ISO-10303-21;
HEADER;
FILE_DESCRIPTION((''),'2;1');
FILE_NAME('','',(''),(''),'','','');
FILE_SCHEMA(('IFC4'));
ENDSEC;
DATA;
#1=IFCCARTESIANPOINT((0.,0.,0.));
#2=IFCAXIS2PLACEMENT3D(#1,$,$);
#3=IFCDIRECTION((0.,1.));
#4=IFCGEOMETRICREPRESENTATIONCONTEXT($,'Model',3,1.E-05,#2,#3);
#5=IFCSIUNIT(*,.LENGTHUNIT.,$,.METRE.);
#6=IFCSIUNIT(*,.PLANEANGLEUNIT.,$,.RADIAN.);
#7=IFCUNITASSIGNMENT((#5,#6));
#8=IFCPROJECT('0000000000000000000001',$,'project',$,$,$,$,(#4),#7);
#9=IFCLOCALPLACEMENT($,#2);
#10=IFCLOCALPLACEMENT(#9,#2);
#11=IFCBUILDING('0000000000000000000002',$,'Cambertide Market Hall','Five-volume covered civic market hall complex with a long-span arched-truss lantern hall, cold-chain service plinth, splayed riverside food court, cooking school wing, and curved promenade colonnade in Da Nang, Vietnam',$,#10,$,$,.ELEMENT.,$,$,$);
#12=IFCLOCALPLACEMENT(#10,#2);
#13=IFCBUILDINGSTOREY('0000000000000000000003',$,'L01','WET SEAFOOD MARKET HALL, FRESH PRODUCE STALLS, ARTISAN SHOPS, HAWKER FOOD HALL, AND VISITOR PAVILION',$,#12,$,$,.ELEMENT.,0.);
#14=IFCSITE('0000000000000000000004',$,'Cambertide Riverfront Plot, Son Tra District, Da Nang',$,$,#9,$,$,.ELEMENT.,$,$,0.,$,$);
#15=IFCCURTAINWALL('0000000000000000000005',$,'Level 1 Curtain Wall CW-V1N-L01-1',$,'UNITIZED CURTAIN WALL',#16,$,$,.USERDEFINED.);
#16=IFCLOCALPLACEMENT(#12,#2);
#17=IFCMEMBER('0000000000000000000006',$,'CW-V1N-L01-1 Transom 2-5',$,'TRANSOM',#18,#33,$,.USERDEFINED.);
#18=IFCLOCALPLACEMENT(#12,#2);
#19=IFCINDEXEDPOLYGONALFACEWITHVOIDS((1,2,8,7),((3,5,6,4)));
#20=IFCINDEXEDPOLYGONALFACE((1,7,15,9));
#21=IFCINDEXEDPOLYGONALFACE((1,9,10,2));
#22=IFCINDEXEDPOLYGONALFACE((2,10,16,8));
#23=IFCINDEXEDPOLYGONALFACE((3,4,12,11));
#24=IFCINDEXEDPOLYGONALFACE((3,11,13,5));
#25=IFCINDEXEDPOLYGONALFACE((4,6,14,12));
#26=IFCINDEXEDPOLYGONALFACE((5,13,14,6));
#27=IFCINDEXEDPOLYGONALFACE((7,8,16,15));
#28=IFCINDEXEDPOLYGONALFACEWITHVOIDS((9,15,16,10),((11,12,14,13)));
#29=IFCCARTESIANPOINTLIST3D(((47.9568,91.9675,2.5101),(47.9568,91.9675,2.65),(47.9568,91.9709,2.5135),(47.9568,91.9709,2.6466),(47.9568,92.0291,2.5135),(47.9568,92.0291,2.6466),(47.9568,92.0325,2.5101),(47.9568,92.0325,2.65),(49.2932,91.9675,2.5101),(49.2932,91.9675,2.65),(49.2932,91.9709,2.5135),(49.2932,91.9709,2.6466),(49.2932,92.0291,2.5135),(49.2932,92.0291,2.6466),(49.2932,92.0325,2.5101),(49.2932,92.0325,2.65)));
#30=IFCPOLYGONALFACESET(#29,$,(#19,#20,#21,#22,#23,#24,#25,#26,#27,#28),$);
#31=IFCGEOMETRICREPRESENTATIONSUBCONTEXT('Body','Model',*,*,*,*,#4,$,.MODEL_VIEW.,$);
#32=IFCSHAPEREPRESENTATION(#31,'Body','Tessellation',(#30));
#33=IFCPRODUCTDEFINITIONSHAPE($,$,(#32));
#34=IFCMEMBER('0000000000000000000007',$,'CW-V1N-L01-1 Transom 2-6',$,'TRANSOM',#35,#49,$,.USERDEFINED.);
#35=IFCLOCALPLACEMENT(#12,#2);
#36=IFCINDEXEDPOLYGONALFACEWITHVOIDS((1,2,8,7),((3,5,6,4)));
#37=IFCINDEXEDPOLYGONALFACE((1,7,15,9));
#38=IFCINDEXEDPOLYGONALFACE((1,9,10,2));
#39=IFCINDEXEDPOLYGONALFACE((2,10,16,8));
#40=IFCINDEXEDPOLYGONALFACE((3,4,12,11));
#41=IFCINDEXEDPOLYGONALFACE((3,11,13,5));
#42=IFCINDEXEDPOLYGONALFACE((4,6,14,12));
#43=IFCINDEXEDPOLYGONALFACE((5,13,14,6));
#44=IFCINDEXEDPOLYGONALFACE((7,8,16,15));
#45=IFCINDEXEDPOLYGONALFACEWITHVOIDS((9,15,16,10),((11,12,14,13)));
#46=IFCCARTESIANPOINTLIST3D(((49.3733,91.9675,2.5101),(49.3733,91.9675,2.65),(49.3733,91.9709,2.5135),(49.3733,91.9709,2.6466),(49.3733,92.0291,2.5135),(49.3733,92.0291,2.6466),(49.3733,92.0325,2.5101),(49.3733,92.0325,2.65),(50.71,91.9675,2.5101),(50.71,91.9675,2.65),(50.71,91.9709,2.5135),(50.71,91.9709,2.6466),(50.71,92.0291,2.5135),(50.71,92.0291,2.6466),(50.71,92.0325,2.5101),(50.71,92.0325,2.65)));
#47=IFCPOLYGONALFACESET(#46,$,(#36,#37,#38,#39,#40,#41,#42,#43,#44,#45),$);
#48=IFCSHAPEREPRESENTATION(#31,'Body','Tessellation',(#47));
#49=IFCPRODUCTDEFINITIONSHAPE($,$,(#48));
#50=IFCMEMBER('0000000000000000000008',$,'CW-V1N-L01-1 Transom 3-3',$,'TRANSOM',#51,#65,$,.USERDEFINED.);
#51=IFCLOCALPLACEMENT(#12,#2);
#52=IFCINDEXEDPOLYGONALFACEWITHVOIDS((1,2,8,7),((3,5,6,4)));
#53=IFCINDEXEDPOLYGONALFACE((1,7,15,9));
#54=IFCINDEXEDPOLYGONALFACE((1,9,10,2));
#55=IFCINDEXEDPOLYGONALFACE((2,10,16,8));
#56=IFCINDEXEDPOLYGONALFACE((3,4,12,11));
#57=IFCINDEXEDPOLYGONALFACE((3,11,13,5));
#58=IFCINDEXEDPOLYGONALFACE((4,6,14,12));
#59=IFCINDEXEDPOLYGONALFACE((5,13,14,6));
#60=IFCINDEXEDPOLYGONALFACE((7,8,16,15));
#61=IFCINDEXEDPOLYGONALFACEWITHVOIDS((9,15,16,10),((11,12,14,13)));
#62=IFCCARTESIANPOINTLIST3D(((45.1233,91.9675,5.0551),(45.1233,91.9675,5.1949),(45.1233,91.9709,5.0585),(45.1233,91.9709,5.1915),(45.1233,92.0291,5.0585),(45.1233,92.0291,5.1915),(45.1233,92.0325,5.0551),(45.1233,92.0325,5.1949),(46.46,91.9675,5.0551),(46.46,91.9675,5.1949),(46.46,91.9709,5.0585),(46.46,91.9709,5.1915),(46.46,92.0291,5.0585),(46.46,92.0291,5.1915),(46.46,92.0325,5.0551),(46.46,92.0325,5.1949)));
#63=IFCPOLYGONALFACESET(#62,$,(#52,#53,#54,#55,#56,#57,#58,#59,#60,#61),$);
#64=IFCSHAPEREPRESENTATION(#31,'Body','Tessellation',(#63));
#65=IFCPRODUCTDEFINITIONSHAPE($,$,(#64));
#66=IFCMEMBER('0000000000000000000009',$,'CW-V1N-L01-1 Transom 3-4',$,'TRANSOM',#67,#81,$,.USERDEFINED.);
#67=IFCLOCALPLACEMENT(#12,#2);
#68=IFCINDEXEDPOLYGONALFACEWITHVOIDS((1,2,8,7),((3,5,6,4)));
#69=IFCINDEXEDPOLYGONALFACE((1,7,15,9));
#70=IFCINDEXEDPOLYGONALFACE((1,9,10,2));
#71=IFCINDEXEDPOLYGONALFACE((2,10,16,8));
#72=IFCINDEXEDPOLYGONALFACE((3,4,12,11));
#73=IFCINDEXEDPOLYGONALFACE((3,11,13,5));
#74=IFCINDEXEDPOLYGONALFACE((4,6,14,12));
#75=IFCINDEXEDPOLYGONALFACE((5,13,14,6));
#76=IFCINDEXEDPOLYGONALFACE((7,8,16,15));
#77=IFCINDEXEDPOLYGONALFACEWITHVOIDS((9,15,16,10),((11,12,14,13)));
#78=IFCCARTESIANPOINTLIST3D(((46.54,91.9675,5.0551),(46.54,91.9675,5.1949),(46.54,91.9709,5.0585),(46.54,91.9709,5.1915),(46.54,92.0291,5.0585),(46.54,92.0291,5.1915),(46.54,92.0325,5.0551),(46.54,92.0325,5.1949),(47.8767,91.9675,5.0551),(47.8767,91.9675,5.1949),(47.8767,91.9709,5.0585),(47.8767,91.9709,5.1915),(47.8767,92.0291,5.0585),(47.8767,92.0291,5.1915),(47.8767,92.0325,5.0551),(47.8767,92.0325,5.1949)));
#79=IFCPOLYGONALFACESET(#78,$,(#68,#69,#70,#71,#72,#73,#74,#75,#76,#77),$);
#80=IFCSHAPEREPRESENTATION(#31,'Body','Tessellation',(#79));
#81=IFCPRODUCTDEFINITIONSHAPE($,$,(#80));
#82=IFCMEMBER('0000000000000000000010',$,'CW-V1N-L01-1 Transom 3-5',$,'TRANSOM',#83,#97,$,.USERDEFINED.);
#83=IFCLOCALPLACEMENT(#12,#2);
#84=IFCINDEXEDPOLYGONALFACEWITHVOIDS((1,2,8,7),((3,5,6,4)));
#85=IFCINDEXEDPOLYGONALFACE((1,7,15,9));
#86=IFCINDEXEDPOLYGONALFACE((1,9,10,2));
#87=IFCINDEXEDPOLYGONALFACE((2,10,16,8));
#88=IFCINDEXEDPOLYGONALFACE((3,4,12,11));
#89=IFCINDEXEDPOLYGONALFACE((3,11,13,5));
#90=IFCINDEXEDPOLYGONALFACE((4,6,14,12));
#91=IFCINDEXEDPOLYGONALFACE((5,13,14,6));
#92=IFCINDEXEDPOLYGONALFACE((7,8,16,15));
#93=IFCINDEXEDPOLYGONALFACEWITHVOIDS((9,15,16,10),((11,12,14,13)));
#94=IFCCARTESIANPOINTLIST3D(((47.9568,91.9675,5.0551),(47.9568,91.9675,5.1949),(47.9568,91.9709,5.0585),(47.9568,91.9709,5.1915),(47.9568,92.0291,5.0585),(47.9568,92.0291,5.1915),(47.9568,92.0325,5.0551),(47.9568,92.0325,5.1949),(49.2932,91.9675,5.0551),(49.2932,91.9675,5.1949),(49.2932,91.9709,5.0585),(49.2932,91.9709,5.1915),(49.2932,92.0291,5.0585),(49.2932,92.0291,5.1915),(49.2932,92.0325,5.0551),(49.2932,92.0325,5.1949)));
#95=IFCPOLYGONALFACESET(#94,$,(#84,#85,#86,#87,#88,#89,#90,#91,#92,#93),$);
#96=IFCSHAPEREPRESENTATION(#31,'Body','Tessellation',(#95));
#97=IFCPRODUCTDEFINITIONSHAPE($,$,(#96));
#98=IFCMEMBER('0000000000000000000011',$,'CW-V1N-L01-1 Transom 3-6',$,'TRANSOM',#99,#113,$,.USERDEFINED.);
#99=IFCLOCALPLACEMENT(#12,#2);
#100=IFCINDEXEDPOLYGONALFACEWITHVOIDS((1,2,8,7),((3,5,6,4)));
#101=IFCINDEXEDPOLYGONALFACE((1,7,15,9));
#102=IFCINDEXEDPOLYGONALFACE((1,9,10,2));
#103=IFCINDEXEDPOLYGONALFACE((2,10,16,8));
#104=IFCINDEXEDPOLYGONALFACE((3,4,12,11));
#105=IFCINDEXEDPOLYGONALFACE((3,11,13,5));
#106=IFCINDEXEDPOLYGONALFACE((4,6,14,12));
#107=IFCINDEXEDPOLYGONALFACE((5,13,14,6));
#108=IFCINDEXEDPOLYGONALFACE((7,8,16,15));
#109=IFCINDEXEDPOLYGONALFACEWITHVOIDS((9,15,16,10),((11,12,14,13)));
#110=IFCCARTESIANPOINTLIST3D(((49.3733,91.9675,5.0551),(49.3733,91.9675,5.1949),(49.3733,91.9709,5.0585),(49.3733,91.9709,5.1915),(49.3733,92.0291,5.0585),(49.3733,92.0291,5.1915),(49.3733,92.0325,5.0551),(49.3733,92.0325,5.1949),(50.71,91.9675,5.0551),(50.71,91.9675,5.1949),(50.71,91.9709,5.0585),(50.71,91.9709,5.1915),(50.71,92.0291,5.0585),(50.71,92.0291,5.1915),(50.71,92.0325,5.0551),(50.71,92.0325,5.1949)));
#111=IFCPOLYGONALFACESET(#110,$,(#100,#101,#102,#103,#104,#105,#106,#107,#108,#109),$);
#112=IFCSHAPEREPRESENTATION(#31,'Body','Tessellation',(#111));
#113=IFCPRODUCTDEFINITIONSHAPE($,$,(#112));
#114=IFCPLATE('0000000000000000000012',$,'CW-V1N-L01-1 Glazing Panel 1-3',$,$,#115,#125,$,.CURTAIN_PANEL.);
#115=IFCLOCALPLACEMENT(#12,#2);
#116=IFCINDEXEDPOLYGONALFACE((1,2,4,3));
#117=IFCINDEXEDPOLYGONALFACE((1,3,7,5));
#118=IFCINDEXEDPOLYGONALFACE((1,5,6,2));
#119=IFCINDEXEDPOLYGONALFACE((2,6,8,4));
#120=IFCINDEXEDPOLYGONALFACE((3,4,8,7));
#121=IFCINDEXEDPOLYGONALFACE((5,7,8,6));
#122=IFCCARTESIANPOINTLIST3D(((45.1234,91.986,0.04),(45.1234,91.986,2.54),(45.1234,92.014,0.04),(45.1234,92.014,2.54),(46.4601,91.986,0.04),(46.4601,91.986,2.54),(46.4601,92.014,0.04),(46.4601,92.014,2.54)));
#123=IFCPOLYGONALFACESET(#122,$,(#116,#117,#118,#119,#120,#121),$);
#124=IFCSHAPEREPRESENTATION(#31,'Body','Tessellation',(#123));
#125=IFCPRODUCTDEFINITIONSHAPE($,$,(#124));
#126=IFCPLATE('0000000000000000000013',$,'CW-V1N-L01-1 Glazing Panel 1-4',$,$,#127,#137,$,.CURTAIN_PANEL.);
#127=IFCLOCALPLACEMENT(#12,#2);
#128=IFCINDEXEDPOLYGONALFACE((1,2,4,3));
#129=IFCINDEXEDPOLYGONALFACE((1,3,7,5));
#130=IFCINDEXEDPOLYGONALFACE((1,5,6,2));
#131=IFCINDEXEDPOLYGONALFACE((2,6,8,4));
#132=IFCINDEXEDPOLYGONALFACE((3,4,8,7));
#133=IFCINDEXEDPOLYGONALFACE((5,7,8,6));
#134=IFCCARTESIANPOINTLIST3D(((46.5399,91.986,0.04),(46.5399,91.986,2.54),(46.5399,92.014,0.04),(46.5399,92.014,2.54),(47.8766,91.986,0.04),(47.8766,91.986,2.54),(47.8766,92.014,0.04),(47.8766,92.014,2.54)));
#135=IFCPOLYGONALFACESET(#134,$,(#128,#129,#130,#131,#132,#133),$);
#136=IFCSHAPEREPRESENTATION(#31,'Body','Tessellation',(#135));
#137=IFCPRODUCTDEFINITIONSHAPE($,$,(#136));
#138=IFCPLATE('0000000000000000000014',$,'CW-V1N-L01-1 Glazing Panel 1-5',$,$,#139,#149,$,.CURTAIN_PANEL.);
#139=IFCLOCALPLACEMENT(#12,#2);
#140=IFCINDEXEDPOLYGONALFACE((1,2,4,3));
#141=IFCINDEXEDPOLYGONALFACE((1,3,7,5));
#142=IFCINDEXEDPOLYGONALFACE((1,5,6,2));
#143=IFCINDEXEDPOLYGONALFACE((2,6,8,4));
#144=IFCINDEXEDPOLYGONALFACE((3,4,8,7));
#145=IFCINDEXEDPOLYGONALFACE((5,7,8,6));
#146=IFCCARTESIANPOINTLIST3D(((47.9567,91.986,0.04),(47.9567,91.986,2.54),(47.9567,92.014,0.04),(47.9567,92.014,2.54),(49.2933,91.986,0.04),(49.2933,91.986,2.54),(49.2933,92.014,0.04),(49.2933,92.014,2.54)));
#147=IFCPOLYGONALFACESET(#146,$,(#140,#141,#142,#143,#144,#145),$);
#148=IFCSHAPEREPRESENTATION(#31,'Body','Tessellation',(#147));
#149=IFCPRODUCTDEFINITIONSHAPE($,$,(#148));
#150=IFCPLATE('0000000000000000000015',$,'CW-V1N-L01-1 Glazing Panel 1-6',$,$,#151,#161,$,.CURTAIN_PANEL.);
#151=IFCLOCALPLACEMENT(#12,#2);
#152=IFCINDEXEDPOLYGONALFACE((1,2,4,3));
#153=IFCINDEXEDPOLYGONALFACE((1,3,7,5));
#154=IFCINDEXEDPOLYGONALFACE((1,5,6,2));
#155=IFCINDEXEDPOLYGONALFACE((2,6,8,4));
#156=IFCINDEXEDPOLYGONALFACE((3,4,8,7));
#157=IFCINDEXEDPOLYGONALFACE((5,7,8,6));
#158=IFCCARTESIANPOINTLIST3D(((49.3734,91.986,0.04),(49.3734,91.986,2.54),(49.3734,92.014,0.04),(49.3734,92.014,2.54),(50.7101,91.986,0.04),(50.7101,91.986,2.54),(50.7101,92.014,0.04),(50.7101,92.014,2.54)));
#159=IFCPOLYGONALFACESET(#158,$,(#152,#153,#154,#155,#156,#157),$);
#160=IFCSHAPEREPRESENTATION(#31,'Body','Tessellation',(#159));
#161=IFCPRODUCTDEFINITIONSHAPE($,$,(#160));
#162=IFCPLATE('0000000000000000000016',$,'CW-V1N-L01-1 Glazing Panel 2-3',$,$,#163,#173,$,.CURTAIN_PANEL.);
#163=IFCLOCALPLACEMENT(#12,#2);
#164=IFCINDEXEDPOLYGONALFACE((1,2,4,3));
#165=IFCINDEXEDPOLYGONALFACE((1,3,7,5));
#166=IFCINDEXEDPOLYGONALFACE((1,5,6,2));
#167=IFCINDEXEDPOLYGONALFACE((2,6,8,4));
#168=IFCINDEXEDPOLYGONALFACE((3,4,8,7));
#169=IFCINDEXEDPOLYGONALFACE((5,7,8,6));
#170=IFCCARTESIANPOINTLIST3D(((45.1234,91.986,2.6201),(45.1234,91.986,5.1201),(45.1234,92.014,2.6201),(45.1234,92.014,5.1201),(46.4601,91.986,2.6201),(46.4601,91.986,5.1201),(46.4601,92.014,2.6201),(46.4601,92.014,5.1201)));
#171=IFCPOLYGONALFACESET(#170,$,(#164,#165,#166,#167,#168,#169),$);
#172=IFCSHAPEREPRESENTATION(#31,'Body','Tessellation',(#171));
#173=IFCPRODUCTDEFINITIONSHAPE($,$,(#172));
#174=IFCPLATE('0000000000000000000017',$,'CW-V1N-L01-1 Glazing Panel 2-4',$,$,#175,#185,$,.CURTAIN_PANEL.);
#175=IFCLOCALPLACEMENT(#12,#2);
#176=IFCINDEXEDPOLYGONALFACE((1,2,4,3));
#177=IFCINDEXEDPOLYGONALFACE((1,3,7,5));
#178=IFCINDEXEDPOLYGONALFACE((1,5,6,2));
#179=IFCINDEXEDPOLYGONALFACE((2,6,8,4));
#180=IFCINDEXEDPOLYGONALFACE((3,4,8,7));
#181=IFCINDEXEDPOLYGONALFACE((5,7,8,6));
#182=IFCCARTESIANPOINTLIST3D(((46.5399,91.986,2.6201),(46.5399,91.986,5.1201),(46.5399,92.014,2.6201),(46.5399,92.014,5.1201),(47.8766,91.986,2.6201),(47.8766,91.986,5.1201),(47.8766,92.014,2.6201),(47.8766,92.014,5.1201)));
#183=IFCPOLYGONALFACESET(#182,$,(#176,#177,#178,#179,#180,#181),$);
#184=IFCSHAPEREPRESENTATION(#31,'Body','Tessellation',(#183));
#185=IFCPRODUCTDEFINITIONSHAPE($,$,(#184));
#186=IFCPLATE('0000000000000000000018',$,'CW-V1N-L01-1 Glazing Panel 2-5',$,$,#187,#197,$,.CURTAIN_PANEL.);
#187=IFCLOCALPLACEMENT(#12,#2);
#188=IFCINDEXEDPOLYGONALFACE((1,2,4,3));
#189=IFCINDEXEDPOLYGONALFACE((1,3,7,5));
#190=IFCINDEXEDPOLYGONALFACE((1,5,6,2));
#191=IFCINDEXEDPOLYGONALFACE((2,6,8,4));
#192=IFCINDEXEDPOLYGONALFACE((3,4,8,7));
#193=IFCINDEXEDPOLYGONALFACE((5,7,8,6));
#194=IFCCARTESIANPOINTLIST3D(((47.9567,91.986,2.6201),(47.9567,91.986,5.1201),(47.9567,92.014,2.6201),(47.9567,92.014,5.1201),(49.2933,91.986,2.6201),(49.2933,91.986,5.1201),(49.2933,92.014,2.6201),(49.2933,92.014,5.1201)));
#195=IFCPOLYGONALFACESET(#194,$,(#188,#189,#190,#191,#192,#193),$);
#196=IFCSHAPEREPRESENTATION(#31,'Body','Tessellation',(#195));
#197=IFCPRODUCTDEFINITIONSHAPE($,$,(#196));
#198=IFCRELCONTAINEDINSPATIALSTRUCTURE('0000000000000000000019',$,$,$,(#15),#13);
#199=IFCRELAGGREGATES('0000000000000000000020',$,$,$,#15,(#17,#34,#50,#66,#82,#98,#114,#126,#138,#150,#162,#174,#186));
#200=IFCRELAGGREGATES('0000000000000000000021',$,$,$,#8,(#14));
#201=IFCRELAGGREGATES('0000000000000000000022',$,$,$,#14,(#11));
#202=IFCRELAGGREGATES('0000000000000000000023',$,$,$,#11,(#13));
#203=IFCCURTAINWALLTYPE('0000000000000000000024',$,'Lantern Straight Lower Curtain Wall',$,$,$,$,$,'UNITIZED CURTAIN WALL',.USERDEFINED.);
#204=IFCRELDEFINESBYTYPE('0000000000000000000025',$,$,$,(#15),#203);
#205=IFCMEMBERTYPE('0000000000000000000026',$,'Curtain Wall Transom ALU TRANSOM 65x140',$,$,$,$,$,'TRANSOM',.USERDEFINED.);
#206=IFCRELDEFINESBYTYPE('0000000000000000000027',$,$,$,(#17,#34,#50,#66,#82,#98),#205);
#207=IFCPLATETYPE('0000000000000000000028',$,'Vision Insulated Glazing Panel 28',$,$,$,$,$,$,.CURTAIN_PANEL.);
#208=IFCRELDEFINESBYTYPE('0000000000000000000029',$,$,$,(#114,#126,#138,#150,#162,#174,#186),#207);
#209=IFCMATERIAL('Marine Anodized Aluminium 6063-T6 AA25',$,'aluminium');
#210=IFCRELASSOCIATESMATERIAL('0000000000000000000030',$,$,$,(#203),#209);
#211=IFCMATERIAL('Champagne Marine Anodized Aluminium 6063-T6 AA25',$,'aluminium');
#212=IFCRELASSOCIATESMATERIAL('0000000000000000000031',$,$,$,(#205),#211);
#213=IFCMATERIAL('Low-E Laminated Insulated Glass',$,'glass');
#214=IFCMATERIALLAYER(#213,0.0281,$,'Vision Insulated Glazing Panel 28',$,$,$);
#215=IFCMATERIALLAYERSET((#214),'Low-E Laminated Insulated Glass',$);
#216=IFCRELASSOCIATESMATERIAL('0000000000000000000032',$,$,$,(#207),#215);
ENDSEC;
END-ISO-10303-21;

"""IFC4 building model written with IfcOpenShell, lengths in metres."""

from ifc_helpers import new_model, si_unit, direction, frame, origin, origin_2d, place, context, subcontext, project, spatial, rectangle, hollow_rectangle, extrude, material, layer, layer_set, material_profile, profile_set, type_object, element, aggregate, save


model = new_model("IFC4")

# Units and contexts
model_context = context("Model", 3, precision=1e-05, world=origin(), true_north=direction((0.0, 1.0)))
body_context = subcontext(model_context, "Body", "Model", "MODEL_VIEW")
ifc_project = project(units=[si_unit("LENGTHUNIT", "METRE"), si_unit("PLANEANGLEUNIT", "RADIAN")], contexts=[model_context])

# Site, building, storey
site_placement = place(None, origin())
site = spatial("IfcSite", under=ifc_project, at=site_placement, Name="Cambertide Riverfront Plot, Son Tra District, Da Nang", CompositionType="ELEMENT", RefElevation=0.0)
building_placement = place(site_placement, origin())
building = spatial("IfcBuilding", under=site, at=building_placement, Name="Cambertide Market Hall", Description="Five-volume covered civic market hall complex with a long-span arched-truss lantern hall, cold-chain service plinth, splayed riverside food court, cooking school wing, and curved promenade colonnade in Da Nang, Vietnam", CompositionType="ELEMENT")
storey_placement = place(building_placement, origin())
storey = spatial("IfcBuildingStorey", under=building, at=storey_placement, Name="L01", Description="WET SEAFOOD MARKET HALL, FRESH PRODUCE STALLS, ARTISAN SHOPS, HAWKER FOOD HALL, AND VISITOR PAVILION", CompositionType="ELEMENT", Elevation=0.0)

# Curtain wall, members, plates
ifc_material_1 = material(Name="Marine Anodized Aluminium 6063-T6 AA25", Category="aluminium")
curtain_wall_type = type_object("IfcCurtainWallType", Name="Lantern Straight Lower Curtain Wall", ElementType="UNITIZED CURTAIN WALL", PredefinedType="USERDEFINED", material=ifc_material_1)
curtain_wall_placement = place(storey_placement, origin())
curtain_wall = element("IfcCurtainWall", 1, at=curtain_wall_placement, inside=storey, type_object=curtain_wall_type, Name="Level 1 Curtain Wall CW-V1N-L01-1", ObjectType="UNITIZED CURTAIN WALL", PredefinedType="USERDEFINED")
ifc_material_2 = material(Name="Champagne Marine Anodized Aluminium 6063-T6 AA25", Category="aluminium")
ifc_material_profile_1 = material_profile(ifc_material_2, hollow_rectangle(XDim=0.0649, YDim=0.1399, WallThickness=0.0034, at=origin_2d()), Name="ALU TRANSOM 65x140")
ifc_profile_set_1 = profile_set([ifc_material_profile_1], Name="Champagne Marine Anodized Aluminium 6063-T6 AA25")
member_type_1 = type_object("IfcMemberType", Name="Curtain Wall Transom ALU TRANSOM 65x140", ElementType="TRANSOM", PredefinedType="USERDEFINED", material=ifc_profile_set_1)
member_1_placement = place(storey_placement, frame((47.9568, 92.0, 2.5801), z_axis=(1.0, 0.0, 0.0), x_axis=(0.0, 1.0, 0.0)))
member_1 = element("IfcMember", 2, at=member_1_placement, type_object=member_type_1, Name="CW-V1N-L01-1 Transom 2-5", ObjectType="TRANSOM", PredefinedType="USERDEFINED", context=body_context, shape_type="SweptSolid", body=[
    extrude(hollow_rectangle(XDim=0.0649, YDim=0.1399, WallThickness=0.0034, at=origin_2d()), origin(), (0.0, 0.0, 1.0), 1.3364),
])
member_2_placement = place(storey_placement, frame((49.3733, 92.0, 2.5801), z_axis=(1.0, 0.0, 0.0), x_axis=(0.0, 1.0, 0.0)))
member_2 = element("IfcMember", 3, at=member_2_placement, type_object=member_type_1, Name="CW-V1N-L01-1 Transom 2-6", ObjectType="TRANSOM", PredefinedType="USERDEFINED", context=body_context, shape_type="SweptSolid", body=[
    extrude(hollow_rectangle(XDim=0.0649, YDim=0.1399, WallThickness=0.0034, at=origin_2d()), origin(), (0.0, 0.0, 1.0), 1.3367),
])
member_3_placement = place(storey_placement, frame((45.1233, 92.0, 5.125), z_axis=(1.0, 0.0, 0.0), x_axis=(0.0, 1.0, 0.0)))
member_3 = element("IfcMember", 4, at=member_3_placement, type_object=member_type_1, Name="CW-V1N-L01-1 Transom 3-3", ObjectType="TRANSOM", PredefinedType="USERDEFINED", context=body_context, shape_type="SweptSolid", body=[
    extrude(hollow_rectangle(XDim=0.0649, YDim=0.1399, WallThickness=0.0034, at=origin_2d()), origin(), (0.0, 0.0, 1.0), 1.3367),
])
member_4_placement = place(storey_placement, frame((46.54, 92.0, 5.125), z_axis=(1.0, 0.0, 0.0), x_axis=(0.0, 1.0, 0.0)))
member_4 = element("IfcMember", 5, at=member_4_placement, type_object=member_type_1, Name="CW-V1N-L01-1 Transom 3-4", ObjectType="TRANSOM", PredefinedType="USERDEFINED", context=body_context, shape_type="SweptSolid", body=[
    extrude(hollow_rectangle(XDim=0.0649, YDim=0.1399, WallThickness=0.0034, at=origin_2d()), origin(), (0.0, 0.0, 1.0), 1.3367),
])
member_5_placement = place(storey_placement, frame((47.9568, 92.0, 5.125), z_axis=(1.0, 0.0, 0.0), x_axis=(0.0, 1.0, 0.0)))
member_5 = element("IfcMember", 6, at=member_5_placement, type_object=member_type_1, Name="CW-V1N-L01-1 Transom 3-5", ObjectType="TRANSOM", PredefinedType="USERDEFINED", context=body_context, shape_type="SweptSolid", body=[
    extrude(hollow_rectangle(XDim=0.0649, YDim=0.1399, WallThickness=0.0034, at=origin_2d()), origin(), (0.0, 0.0, 1.0), 1.3364),
])
member_6_placement = place(storey_placement, frame((49.3733, 92.0, 5.125), z_axis=(1.0, 0.0, 0.0), x_axis=(0.0, 1.0, 0.0)))
member_6 = element("IfcMember", 7, at=member_6_placement, type_object=member_type_1, Name="CW-V1N-L01-1 Transom 3-6", ObjectType="TRANSOM", PredefinedType="USERDEFINED", context=body_context, shape_type="SweptSolid", body=[
    extrude(hollow_rectangle(XDim=0.0649, YDim=0.1399, WallThickness=0.0034, at=origin_2d()), origin(), (0.0, 0.0, 1.0), 1.3367),
])
ifc_material_3 = material(Name="Low-E Laminated Insulated Glass", Category="glass")
ifc_layer = layer(ifc_material_3, 0.0281, Name="Vision Insulated Glazing Panel 28")
ifc_layer_set = layer_set([ifc_layer], Name="Low-E Laminated Insulated Glass")
plate_type = type_object("IfcPlateType", Name="Vision Insulated Glazing Panel 28", PredefinedType="CURTAIN_PANEL", material=ifc_layer_set)
plate_1_placement = place(storey_placement, frame((45.7917, 92.0, 0.04), z_axis=(0.0, 0.0, 1.0), x_axis=(1.0, 0.0, 0.0)))
plate_1 = element("IfcPlate", 8, at=plate_1_placement, type_object=plate_type, Name="CW-V1N-L01-1 Glazing Panel 1-3", PredefinedType="CURTAIN_PANEL", context=body_context, shape_type="SweptSolid", body=[
    extrude(rectangle(XDim=1.3367, YDim=0.0281, at=origin_2d()), origin(), (0.0, 0.0, 1.0), 2.5),
])
plate_2_placement = place(storey_placement, frame((47.2083, 92.0, 0.04), z_axis=(0.0, 0.0, 1.0), x_axis=(1.0, 0.0, 0.0)))
plate_2 = element("IfcPlate", 9, at=plate_2_placement, type_object=plate_type, Name="CW-V1N-L01-1 Glazing Panel 1-4", PredefinedType="CURTAIN_PANEL", context=body_context, shape_type="SweptSolid", body=[
    extrude(rectangle(XDim=1.3367, YDim=0.0281, at=origin_2d()), origin(), (0.0, 0.0, 1.0), 2.5),
])
plate_3_placement = place(storey_placement, frame((48.625, 92.0, 0.04), z_axis=(0.0, 0.0, 1.0), x_axis=(1.0, 0.0, 0.0)))
plate_3 = element("IfcPlate", 10, at=plate_3_placement, type_object=plate_type, Name="CW-V1N-L01-1 Glazing Panel 1-5", PredefinedType="CURTAIN_PANEL", context=body_context, shape_type="SweptSolid", body=[
    extrude(rectangle(XDim=1.3367, YDim=0.0281, at=origin_2d()), origin(), (0.0, 0.0, 1.0), 2.5),
])
plate_4_placement = place(storey_placement, frame((50.0417, 92.0, 0.04), z_axis=(0.0, 0.0, 1.0), x_axis=(1.0, 0.0, 0.0)))
plate_4 = element("IfcPlate", 11, at=plate_4_placement, type_object=plate_type, Name="CW-V1N-L01-1 Glazing Panel 1-6", PredefinedType="CURTAIN_PANEL", context=body_context, shape_type="SweptSolid", body=[
    extrude(rectangle(XDim=1.3367, YDim=0.0281, at=origin_2d()), origin(), (0.0, 0.0, 1.0), 2.5),
])
plate_5_placement = place(storey_placement, frame((45.7917, 92.0, 2.6201), z_axis=(0.0, 0.0, 1.0), x_axis=(1.0, 0.0, 0.0)))
plate_5 = element("IfcPlate", 12, at=plate_5_placement, type_object=plate_type, Name="CW-V1N-L01-1 Glazing Panel 2-3", PredefinedType="CURTAIN_PANEL", context=body_context, shape_type="SweptSolid", body=[
    extrude(rectangle(XDim=1.3367, YDim=0.0281, at=origin_2d()), origin(), (0.0, 0.0, 1.0), 2.5),
])
plate_6_placement = place(storey_placement, frame((47.2083, 92.0, 2.6201), z_axis=(0.0, 0.0, 1.0), x_axis=(1.0, 0.0, 0.0)))
plate_6 = element("IfcPlate", 13, at=plate_6_placement, type_object=plate_type, Name="CW-V1N-L01-1 Glazing Panel 2-4", PredefinedType="CURTAIN_PANEL", context=body_context, shape_type="SweptSolid", body=[
    extrude(rectangle(XDim=1.3367, YDim=0.0281, at=origin_2d()), origin(), (0.0, 0.0, 1.0), 2.5),
])
plate_7_placement = place(storey_placement, frame((48.625, 92.0, 2.6201), z_axis=(0.0, 0.0, 1.0), x_axis=(1.0, 0.0, 0.0)))
plate_7 = element("IfcPlate", 14, at=plate_7_placement, type_object=plate_type, Name="CW-V1N-L01-1 Glazing Panel 2-5", PredefinedType="CURTAIN_PANEL", context=body_context, shape_type="SweptSolid", body=[
    extrude(rectangle(XDim=1.3367, YDim=0.0281, at=origin_2d()), origin(), (0.0, 0.0, 1.0), 2.5),
])
aggregate(curtain_wall, [member_1, member_2, member_3, member_4, member_5, member_6, plate_1, plate_2, plate_3, plate_4, plate_5, plate_6, plate_7])

save(model, "model.ifc")
